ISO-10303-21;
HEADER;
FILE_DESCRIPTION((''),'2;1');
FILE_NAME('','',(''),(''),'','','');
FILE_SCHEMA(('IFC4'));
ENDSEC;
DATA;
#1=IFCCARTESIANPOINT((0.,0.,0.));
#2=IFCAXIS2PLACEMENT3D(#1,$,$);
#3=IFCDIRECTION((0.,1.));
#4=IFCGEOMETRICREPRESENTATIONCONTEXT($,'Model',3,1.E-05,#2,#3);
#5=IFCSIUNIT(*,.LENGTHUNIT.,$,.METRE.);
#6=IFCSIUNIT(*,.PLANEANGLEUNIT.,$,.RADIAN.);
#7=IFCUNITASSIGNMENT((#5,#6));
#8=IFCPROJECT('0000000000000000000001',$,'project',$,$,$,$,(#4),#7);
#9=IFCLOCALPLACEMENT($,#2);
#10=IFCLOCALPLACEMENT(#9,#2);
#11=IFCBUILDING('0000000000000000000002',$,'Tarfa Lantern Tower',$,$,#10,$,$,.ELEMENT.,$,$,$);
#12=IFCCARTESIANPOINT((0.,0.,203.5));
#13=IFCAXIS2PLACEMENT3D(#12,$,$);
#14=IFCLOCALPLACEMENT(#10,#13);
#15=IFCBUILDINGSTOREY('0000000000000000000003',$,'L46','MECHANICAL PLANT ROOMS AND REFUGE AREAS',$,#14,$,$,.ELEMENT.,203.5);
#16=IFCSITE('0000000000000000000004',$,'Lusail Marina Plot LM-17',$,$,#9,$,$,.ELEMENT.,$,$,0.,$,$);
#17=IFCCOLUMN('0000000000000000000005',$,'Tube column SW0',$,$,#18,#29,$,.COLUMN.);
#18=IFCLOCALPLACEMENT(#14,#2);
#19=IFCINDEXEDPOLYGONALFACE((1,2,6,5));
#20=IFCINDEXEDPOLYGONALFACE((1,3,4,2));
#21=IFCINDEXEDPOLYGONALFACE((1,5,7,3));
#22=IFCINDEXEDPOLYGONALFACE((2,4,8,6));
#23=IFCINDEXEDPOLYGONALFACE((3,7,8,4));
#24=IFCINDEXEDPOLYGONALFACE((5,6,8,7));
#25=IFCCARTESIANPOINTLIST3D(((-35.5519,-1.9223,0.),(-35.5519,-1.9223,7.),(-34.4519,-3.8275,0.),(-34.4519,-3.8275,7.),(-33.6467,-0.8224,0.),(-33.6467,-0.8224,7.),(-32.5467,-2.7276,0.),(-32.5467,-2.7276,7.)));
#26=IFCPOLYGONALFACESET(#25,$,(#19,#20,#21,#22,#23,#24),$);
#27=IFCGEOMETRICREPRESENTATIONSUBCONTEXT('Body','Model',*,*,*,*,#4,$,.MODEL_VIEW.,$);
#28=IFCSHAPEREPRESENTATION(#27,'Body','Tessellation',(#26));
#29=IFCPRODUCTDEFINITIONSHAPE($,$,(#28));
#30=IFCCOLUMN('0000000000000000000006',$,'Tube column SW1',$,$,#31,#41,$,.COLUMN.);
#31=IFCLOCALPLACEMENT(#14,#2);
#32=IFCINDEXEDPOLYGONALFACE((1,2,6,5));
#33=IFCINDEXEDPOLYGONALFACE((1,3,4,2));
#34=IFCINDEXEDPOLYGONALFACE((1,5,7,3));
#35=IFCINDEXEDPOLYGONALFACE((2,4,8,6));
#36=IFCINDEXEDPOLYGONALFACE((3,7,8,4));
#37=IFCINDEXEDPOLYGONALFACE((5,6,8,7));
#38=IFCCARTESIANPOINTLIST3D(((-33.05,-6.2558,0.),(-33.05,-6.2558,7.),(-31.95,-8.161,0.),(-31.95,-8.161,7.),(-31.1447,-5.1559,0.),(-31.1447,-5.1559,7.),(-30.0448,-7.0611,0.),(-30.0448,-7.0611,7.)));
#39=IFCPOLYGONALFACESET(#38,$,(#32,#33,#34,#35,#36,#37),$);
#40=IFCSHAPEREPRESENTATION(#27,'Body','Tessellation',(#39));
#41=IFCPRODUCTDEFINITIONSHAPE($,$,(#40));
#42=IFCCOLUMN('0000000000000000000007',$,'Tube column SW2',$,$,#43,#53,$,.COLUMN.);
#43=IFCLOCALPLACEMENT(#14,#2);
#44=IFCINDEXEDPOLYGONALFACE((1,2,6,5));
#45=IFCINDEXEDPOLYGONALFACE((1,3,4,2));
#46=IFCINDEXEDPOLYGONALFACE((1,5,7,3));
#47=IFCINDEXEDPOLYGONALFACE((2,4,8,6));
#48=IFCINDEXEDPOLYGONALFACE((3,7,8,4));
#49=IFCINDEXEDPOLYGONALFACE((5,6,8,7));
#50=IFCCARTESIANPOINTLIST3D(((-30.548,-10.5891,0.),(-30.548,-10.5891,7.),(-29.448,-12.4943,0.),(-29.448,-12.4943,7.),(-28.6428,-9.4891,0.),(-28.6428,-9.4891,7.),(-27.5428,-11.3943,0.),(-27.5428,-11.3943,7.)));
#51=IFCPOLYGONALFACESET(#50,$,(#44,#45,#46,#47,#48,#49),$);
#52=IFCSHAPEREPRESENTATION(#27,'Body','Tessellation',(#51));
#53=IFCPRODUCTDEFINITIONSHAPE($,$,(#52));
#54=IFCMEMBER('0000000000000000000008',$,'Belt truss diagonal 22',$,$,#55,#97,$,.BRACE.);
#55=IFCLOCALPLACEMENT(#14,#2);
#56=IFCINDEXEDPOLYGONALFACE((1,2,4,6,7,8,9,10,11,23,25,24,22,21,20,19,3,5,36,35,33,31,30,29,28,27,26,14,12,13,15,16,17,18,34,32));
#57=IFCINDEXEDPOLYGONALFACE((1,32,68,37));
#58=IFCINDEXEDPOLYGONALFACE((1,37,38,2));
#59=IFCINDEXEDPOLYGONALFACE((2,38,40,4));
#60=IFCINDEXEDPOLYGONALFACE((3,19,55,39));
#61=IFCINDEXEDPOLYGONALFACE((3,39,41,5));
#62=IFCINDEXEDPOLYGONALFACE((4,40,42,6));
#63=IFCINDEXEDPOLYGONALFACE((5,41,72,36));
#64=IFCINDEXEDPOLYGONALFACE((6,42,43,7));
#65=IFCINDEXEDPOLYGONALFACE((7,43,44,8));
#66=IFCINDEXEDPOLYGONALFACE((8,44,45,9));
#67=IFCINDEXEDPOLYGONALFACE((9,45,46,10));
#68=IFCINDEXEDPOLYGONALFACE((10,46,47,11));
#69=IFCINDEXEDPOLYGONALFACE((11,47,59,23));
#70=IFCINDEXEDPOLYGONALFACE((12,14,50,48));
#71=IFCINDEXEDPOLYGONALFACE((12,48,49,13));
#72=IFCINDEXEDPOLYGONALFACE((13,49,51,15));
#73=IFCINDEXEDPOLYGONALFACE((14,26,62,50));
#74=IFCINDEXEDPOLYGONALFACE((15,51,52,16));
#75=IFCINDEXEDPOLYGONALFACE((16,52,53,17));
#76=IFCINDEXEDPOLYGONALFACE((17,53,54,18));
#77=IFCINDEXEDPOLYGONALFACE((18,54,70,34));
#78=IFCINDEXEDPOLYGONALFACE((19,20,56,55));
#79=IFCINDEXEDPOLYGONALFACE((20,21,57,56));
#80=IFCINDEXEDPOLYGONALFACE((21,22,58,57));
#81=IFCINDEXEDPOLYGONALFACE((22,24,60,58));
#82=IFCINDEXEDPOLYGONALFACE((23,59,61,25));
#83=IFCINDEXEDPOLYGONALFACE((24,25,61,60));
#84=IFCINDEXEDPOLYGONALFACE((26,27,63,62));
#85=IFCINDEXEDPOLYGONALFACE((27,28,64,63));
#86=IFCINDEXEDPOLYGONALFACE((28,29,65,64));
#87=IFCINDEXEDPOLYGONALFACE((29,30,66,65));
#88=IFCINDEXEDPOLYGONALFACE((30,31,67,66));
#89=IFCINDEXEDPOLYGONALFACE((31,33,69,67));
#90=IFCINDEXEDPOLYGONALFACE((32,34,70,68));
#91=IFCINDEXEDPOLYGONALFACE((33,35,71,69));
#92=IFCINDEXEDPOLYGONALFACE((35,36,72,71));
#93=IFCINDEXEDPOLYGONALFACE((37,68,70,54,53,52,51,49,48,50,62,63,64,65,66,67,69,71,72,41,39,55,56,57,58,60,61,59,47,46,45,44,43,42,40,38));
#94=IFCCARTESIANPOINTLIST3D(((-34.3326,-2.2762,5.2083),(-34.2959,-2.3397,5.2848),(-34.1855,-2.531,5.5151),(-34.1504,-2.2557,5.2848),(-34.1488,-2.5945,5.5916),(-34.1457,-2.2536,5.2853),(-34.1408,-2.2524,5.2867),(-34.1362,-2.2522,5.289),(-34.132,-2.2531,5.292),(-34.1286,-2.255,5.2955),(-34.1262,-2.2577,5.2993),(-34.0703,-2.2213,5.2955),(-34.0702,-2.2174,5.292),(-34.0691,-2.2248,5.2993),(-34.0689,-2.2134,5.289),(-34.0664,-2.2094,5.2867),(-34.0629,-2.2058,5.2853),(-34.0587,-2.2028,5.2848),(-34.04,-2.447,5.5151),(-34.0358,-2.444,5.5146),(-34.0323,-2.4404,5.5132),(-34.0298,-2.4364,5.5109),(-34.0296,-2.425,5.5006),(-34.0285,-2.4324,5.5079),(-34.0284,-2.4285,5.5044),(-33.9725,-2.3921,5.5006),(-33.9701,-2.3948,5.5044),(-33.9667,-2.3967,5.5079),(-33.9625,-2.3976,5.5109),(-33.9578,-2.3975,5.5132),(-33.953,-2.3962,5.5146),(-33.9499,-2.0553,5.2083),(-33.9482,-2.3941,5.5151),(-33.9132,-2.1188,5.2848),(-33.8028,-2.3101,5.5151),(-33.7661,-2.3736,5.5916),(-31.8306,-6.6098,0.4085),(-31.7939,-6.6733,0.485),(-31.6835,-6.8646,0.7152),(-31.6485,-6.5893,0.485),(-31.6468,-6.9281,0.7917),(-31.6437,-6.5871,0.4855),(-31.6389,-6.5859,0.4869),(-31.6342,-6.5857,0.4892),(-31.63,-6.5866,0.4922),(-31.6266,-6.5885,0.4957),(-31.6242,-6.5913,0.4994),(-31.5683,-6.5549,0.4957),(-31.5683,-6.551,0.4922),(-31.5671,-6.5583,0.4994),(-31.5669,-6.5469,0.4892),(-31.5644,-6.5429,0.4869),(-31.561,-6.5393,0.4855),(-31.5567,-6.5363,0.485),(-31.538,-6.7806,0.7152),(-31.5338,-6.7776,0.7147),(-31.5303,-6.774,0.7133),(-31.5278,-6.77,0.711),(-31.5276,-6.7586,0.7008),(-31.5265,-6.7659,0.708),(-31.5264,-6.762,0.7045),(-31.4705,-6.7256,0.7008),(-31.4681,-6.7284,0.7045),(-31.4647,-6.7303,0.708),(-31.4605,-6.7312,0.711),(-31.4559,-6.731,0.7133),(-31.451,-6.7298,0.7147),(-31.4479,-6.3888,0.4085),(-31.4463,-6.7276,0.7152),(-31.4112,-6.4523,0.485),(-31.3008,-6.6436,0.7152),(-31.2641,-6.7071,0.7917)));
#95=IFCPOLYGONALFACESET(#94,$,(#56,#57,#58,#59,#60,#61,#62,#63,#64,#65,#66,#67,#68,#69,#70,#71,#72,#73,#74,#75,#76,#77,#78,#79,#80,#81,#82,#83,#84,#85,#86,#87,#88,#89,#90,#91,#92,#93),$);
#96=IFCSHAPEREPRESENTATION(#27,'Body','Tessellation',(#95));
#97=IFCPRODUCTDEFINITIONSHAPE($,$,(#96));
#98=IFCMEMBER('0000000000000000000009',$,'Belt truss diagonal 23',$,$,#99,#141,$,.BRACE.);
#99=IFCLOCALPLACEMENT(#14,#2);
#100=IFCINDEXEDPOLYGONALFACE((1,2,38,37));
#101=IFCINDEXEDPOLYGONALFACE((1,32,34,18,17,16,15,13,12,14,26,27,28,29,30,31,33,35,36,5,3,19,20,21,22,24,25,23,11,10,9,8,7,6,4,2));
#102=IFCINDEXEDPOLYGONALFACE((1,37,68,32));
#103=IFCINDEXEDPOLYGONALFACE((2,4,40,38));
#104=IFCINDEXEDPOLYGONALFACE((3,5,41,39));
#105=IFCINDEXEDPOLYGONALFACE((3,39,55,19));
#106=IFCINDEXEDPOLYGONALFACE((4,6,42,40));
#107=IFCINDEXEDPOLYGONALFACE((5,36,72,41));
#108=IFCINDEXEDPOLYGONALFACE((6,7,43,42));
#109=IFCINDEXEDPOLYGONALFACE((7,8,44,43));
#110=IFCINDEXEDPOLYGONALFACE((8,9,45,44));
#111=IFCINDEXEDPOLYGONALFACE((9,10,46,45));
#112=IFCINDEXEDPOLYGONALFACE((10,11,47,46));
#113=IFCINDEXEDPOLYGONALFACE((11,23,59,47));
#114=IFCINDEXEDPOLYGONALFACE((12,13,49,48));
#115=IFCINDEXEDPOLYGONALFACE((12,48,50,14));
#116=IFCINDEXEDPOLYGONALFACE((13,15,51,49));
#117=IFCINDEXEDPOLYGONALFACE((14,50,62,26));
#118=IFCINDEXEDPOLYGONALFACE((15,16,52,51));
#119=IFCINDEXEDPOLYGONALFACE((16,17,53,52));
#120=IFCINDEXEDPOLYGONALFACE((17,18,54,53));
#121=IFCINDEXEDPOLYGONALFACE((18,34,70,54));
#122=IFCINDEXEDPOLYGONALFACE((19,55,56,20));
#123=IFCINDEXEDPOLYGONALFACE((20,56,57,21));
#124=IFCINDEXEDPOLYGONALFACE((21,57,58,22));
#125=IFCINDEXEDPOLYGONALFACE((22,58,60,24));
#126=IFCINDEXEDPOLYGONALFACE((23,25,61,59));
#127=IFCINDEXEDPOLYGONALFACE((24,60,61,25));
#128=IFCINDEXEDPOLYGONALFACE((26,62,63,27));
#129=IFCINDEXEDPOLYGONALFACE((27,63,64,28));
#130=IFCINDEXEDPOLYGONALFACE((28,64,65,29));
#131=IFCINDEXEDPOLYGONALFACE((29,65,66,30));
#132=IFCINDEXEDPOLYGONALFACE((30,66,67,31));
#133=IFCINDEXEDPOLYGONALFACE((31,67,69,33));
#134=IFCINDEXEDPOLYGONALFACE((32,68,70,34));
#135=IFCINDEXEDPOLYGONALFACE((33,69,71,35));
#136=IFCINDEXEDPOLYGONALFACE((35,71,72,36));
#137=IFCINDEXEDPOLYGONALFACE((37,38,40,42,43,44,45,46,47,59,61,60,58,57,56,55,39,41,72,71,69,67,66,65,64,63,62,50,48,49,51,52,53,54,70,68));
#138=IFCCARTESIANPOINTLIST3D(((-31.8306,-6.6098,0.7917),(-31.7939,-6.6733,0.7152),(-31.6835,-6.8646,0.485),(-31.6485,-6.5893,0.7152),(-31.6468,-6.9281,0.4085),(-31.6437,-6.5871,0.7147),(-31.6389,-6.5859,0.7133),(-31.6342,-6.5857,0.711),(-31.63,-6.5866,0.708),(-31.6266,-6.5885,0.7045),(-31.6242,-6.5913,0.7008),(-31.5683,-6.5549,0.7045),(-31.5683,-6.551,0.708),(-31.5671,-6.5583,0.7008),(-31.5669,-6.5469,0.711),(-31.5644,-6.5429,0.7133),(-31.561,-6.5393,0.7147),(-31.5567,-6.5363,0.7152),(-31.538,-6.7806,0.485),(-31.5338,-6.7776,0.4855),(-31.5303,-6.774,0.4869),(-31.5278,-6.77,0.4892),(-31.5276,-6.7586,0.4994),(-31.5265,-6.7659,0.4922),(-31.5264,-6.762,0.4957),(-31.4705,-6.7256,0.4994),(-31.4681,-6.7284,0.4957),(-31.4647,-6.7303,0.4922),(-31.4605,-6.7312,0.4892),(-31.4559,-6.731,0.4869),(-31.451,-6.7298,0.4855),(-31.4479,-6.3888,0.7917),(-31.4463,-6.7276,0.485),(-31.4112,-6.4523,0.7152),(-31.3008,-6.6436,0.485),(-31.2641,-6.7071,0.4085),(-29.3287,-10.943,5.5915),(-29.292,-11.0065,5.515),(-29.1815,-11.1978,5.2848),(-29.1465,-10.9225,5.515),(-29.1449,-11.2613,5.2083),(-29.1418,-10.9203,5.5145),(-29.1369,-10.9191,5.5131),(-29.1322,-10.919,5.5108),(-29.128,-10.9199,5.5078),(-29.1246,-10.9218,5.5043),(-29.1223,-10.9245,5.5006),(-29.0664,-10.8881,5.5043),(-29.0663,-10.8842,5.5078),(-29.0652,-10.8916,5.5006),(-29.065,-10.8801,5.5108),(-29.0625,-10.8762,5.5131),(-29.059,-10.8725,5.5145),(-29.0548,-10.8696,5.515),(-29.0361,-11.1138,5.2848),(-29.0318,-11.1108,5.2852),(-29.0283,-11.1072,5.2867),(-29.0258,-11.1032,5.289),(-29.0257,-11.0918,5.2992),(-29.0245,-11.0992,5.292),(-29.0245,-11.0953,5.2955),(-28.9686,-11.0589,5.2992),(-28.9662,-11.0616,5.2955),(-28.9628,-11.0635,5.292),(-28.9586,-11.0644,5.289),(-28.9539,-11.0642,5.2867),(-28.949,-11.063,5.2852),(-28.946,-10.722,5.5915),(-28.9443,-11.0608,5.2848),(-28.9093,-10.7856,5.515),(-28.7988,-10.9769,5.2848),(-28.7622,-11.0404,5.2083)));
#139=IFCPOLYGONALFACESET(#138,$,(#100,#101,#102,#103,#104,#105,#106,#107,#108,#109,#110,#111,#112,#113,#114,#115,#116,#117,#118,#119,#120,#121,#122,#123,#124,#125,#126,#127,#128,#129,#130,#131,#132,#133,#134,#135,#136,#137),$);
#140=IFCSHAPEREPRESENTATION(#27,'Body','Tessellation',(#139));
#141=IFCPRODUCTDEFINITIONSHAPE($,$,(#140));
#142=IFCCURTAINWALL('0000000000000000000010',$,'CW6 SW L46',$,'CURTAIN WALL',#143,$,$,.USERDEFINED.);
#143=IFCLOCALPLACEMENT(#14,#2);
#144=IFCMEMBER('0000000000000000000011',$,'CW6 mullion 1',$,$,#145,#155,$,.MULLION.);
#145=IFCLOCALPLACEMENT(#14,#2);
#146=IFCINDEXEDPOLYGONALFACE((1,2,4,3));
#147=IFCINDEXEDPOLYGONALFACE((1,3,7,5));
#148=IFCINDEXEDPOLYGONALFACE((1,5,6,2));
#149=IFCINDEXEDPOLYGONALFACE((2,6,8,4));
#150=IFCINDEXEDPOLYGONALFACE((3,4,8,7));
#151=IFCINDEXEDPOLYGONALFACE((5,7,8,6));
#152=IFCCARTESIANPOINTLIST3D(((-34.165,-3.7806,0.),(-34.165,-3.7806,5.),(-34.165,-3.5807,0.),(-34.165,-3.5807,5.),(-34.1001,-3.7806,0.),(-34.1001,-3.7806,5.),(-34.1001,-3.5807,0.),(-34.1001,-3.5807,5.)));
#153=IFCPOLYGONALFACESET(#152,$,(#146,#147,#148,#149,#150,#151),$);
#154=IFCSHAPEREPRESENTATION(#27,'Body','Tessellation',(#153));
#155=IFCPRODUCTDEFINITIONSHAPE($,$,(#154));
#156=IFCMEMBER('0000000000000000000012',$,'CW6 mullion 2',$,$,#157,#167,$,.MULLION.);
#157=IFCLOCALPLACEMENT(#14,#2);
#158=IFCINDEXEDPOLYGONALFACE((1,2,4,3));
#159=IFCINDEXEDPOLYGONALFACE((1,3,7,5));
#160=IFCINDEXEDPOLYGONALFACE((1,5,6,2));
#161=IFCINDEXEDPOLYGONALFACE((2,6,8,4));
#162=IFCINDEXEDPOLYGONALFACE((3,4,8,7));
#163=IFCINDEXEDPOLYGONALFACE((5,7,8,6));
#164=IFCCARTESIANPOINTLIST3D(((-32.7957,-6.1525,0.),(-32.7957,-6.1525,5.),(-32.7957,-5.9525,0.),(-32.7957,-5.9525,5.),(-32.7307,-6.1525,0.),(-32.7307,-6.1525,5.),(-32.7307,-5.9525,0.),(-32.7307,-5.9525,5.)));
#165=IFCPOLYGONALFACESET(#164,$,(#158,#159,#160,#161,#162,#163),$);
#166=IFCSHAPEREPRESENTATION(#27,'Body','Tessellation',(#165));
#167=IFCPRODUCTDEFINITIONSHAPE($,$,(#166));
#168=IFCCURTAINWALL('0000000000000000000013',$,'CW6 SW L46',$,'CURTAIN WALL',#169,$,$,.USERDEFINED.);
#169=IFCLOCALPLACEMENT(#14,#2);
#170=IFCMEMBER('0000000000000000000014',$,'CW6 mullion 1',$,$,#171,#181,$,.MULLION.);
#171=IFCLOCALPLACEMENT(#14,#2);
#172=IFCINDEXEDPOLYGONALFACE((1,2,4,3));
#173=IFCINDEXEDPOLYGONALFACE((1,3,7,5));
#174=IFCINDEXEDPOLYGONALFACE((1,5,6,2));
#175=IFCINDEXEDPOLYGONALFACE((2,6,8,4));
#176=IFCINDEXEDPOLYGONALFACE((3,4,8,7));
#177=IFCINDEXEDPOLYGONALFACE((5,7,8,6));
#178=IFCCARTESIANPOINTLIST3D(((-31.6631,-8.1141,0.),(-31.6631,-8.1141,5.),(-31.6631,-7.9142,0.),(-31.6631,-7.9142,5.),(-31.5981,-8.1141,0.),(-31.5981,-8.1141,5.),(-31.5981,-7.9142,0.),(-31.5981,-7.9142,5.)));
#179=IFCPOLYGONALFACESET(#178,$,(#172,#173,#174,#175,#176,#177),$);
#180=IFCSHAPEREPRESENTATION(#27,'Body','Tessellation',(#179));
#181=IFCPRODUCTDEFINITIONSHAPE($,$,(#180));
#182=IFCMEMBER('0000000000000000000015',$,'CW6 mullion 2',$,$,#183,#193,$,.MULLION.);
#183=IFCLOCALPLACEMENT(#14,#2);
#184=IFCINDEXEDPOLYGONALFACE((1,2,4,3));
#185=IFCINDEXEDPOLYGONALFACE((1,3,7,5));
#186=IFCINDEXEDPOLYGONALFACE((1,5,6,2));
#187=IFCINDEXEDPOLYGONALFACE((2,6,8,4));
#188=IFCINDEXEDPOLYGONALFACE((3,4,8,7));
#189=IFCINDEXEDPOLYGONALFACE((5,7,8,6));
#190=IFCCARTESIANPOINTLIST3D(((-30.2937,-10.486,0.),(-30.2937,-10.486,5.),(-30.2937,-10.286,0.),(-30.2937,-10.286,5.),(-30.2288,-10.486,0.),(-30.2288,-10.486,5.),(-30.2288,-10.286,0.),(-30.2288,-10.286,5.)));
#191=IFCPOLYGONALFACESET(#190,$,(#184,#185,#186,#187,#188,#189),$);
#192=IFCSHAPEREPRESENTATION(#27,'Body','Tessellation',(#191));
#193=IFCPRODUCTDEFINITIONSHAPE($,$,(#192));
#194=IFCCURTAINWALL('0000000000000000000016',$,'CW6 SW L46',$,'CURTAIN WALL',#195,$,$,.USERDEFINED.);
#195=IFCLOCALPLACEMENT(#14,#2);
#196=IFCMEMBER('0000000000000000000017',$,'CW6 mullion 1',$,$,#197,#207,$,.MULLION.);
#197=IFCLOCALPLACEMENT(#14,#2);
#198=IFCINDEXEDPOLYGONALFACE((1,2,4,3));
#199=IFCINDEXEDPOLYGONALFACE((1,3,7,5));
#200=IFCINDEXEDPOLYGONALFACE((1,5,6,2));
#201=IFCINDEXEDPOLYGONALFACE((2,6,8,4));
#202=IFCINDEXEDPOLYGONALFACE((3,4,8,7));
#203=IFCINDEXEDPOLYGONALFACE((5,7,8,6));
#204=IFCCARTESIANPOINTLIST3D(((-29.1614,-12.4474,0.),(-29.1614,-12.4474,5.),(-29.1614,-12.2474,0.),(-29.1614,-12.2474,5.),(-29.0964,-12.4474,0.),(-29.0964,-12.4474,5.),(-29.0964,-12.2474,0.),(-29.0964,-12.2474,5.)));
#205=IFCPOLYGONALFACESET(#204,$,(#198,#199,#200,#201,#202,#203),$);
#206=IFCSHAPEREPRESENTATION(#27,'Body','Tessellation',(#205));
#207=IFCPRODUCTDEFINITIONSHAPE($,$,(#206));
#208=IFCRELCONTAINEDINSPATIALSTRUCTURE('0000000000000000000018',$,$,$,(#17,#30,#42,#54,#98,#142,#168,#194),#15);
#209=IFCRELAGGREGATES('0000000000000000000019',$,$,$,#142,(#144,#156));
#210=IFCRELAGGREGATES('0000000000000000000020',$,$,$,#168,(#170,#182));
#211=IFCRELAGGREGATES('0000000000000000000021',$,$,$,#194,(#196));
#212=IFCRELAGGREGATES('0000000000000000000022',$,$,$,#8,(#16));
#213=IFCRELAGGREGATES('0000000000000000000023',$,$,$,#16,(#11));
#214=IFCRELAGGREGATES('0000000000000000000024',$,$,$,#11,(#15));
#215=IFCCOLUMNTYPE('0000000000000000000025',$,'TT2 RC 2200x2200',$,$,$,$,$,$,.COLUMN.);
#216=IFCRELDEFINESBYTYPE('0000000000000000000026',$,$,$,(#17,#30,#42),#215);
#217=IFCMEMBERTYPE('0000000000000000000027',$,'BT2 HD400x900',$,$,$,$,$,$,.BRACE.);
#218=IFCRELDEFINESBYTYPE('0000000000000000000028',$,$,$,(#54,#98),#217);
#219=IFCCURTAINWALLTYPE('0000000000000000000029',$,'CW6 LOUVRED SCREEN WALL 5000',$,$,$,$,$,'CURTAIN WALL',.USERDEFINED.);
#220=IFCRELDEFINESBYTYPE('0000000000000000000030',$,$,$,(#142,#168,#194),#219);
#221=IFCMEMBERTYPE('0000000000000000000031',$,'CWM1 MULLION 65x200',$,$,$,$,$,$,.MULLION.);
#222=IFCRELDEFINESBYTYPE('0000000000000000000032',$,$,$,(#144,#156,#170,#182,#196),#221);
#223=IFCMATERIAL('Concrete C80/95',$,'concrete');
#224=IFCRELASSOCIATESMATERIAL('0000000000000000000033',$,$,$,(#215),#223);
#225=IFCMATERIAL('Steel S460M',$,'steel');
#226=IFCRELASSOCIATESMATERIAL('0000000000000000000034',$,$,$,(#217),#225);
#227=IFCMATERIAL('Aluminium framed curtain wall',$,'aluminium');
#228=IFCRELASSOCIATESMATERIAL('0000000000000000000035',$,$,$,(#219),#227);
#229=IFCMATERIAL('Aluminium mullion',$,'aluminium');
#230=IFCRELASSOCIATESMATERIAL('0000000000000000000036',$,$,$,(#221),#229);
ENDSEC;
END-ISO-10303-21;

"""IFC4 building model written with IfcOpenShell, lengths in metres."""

from ifc_helpers import new_model, si_unit, direction, frame, origin, origin_2d, place, context, subcontext, project, spatial, rectangle, i_section, extrude, material, material_profile, profile_set, type_object, element, aggregate, save


model = new_model("IFC4")

# Units and contexts
model_context = context("Model", 3, precision=1e-05, world=origin(), true_north=direction((0.0, 1.0)))
body_context = subcontext(model_context, "Body", "Model", "MODEL_VIEW")
ifc_project = project(units=[si_unit("LENGTHUNIT", "METRE"), si_unit("PLANEANGLEUNIT", "RADIAN")], contexts=[model_context])

# Site, building, storey
site_placement = place(None, origin())
site = spatial("IfcSite", under=ifc_project, at=site_placement, Name="Lusail Marina Plot LM-17", CompositionType="ELEMENT", RefElevation=0.0)
building_placement = place(site_placement, origin())
building = spatial("IfcBuilding", under=site, at=building_placement, Name="Tarfa Lantern Tower", CompositionType="ELEMENT")
storey_placement = place(building_placement, frame((0.0, 0.0, 203.5)))
storey = spatial("IfcBuildingStorey", under=building, at=storey_placement, Name="L46", Description="MECHANICAL PLANT ROOMS AND REFUGE AREAS", CompositionType="ELEMENT", Elevation=203.5)

# Columns
ifc_material_1 = material(Name="Concrete C80/95", Category="concrete")
ifc_material_profile_1 = material_profile(ifc_material_1, rectangle(XDim=2.2, YDim=2.2, at=origin_2d()), Name="RC 2200x2200")
ifc_profile_set_1 = profile_set([ifc_material_profile_1], Name="Concrete C80/95")
column_type = type_object("IfcColumnType", Name="TT2 RC 2200x2200", PredefinedType="COLUMN", material=ifc_profile_set_1)
for number, where, z_axis, x_axis, name in (
    (1, (-34.0493, -2.325, 0.0), (0.0, 0.0, 1.0), (0.5, -0.866025, 0.0), "Tube column SW0"),
    (2, (-31.5474, -6.6584, 0.0), (0.0, 0.0, 1.0), (0.5, -0.866025, 0.0), "Tube column SW1"),
    (3, (-29.0454, -10.9917, 0.0), (0.0, 0.0, 1.0), (0.5, -0.866025, 0.0), "Tube column SW2"),
):
    element("IfcColumn", number, at=place(storey_placement, frame(where, z_axis=z_axis, x_axis=x_axis)), inside=storey, type_object=column_type, Name=name, PredefinedType="COLUMN", context=body_context, shape_type="SweptSolid", body=[
        extrude(rectangle(XDim=2.2, YDim=2.2, at=origin_2d()), origin(), (0.0, 0.0, 1.0), 7.0),
    ])

# Members
ifc_material_2 = material(Name="Steel S460M", Category="steel")
ifc_material_profile_2 = material_profile(ifc_material_2, i_section(OverallWidth=0.4419, OverallDepth=0.531, WebThickness=0.0659, FlangeThickness=0.106, FilletRadius=0.02, at=origin_2d()), Name="HD400x900")
ifc_profile_set_2 = profile_set([ifc_material_profile_2], Name="Steel S460M")
member_type_1 = type_object("IfcMemberType", Name="BT2 HD400x900", PredefinedType="BRACE", material=ifc_profile_set_2)
member_1_placement = place(storey_placement, frame((-31.5474, -6.6584, 0.6001), z_axis=(-0.360836, 0.624985, 0.692237), x_axis=(-0.866025, -0.500001, 0.0)))
element("IfcMember", 4, at=member_1_placement, inside=storey, type_object=member_type_1, Name="Belt truss diagonal 22", PredefinedType="BRACE", context=body_context, shape_type="SweptSolid", body=[
    extrude(i_section(OverallWidth=0.4419, OverallDepth=0.531, WebThickness=0.0659, FlangeThickness=0.106, FilletRadius=0.02, at=origin_2d()), origin(), (0.0, 0.0, 1.0), 6.9338),
])
member_2_placement = place(storey_placement, frame((-31.5474, -6.6584, 0.6001), z_axis=(0.360844, -0.624963, 0.692252), x_axis=(0.866013, 0.500022, 0.0)))
element("IfcMember", 5, at=member_2_placement, inside=storey, type_object=member_type_1, Name="Belt truss diagonal 23", PredefinedType="BRACE", context=body_context, shape_type="SweptSolid", body=[
    extrude(i_section(OverallWidth=0.4419, OverallDepth=0.531, WebThickness=0.0659, FlangeThickness=0.106, FilletRadius=0.02, at=origin_2d()), origin(), (0.0, 0.0, 1.0), 6.9336),
])

# Curtain walls, members
ifc_material_3 = material(Name="Aluminium framed curtain wall", Category="aluminium")
curtain_wall_type = type_object("IfcCurtainWallType", Name="CW6 LOUVRED SCREEN WALL 5000", ElementType="CURTAIN WALL", PredefinedType="USERDEFINED", material=ifc_material_3)
curtain_wall_1_placement = place(storey_placement, origin())
curtain_wall_1 = element("IfcCurtainWall", 6, at=curtain_wall_1_placement, inside=storey, type_object=curtain_wall_type, Name="CW6 SW L46", ObjectType="CURTAIN WALL", PredefinedType="USERDEFINED")
ifc_material_4 = material(Name="Aluminium mullion", Category="aluminium")
ifc_material_profile_3 = material_profile(ifc_material_4, rectangle(XDim=0.0649, YDim=0.2, at=origin_2d()), Name="AL MULLION 65x200")
ifc_profile_set_3 = profile_set([ifc_material_profile_3], Name="Aluminium mullion")
member_type_2 = type_object("IfcMemberType", Name="CWM1 MULLION 65x200", PredefinedType="MULLION", material=ifc_profile_set_3)
member_3_placement = place(storey_placement, frame((-34.1326, -3.6807, 0.0), z_axis=(0.0, 0.0, 1.0), x_axis=(1.0, 0.0, 0.0)))
member_3 = element("IfcMember", 7, at=member_3_placement, type_object=member_type_2, Name="CW6 mullion 1", PredefinedType="MULLION", context=body_context, shape_type="SweptSolid", body=[
    extrude(rectangle(XDim=0.0649, YDim=0.2, at=origin_2d()), origin(), (0.0, 0.0, 1.0), 5.0),
])
member_4_placement = place(storey_placement, frame((-32.7632, -6.0525, 0.0), z_axis=(0.0, 0.0, 1.0), x_axis=(1.0, 0.0, 0.0)))
member_4 = element("IfcMember", 8, at=member_4_placement, type_object=member_type_2, Name="CW6 mullion 2", PredefinedType="MULLION", context=body_context, shape_type="SweptSolid", body=[
    extrude(rectangle(XDim=0.0649, YDim=0.2, at=origin_2d()), origin(), (0.0, 0.0, 1.0), 5.0),
])
curtain_wall_2_placement = place(storey_placement, origin())
curtain_wall_2 = element("IfcCurtainWall", 9, at=curtain_wall_2_placement, inside=storey, type_object=curtain_wall_type, Name="CW6 SW L46", ObjectType="CURTAIN WALL", PredefinedType="USERDEFINED")
member_5_placement = place(storey_placement, frame((-31.6306, -8.0142, 0.0), z_axis=(0.0, 0.0, 1.0), x_axis=(1.0, 0.0, 0.0)))
member_5 = element("IfcMember", 10, at=member_5_placement, type_object=member_type_2, Name="CW6 mullion 1", PredefinedType="MULLION", context=body_context, shape_type="SweptSolid", body=[
    extrude(rectangle(XDim=0.0649, YDim=0.2, at=origin_2d()), origin(), (0.0, 0.0, 1.0), 5.0),
])
member_6_placement = place(storey_placement, frame((-30.2612, -10.386, 0.0), z_axis=(0.0, 0.0, 1.0), x_axis=(1.0, 0.0, 0.0)))
member_6 = element("IfcMember", 11, at=member_6_placement, type_object=member_type_2, Name="CW6 mullion 2", PredefinedType="MULLION", context=body_context, shape_type="SweptSolid", body=[
    extrude(rectangle(XDim=0.0649, YDim=0.2, at=origin_2d()), origin(), (0.0, 0.0, 1.0), 5.0),
])

# Curtain wall, member
curtain_wall_3_placement = place(storey_placement, origin())
curtain_wall_3 = element("IfcCurtainWall", 12, at=curtain_wall_3_placement, inside=storey, type_object=curtain_wall_type, Name="CW6 SW L46", ObjectType="CURTAIN WALL", PredefinedType="USERDEFINED")
member_7_placement = place(storey_placement, frame((-29.1289, -12.3474, 0.0), z_axis=(0.0, 0.0, 1.0), x_axis=(1.0, 0.0, 0.0)))
member_7 = element("IfcMember", 13, at=member_7_placement, type_object=member_type_2, Name="CW6 mullion 1", PredefinedType="MULLION", context=body_context, shape_type="SweptSolid", body=[
    extrude(rectangle(XDim=0.0649, YDim=0.2, at=origin_2d()), origin(), (0.0, 0.0, 1.0), 5.0),
])

aggregate(curtain_wall_1, [member_3, member_4])
aggregate(curtain_wall_2, [member_5, member_6])
aggregate(curtain_wall_3, [member_7])

save(model, "model.ifc")
